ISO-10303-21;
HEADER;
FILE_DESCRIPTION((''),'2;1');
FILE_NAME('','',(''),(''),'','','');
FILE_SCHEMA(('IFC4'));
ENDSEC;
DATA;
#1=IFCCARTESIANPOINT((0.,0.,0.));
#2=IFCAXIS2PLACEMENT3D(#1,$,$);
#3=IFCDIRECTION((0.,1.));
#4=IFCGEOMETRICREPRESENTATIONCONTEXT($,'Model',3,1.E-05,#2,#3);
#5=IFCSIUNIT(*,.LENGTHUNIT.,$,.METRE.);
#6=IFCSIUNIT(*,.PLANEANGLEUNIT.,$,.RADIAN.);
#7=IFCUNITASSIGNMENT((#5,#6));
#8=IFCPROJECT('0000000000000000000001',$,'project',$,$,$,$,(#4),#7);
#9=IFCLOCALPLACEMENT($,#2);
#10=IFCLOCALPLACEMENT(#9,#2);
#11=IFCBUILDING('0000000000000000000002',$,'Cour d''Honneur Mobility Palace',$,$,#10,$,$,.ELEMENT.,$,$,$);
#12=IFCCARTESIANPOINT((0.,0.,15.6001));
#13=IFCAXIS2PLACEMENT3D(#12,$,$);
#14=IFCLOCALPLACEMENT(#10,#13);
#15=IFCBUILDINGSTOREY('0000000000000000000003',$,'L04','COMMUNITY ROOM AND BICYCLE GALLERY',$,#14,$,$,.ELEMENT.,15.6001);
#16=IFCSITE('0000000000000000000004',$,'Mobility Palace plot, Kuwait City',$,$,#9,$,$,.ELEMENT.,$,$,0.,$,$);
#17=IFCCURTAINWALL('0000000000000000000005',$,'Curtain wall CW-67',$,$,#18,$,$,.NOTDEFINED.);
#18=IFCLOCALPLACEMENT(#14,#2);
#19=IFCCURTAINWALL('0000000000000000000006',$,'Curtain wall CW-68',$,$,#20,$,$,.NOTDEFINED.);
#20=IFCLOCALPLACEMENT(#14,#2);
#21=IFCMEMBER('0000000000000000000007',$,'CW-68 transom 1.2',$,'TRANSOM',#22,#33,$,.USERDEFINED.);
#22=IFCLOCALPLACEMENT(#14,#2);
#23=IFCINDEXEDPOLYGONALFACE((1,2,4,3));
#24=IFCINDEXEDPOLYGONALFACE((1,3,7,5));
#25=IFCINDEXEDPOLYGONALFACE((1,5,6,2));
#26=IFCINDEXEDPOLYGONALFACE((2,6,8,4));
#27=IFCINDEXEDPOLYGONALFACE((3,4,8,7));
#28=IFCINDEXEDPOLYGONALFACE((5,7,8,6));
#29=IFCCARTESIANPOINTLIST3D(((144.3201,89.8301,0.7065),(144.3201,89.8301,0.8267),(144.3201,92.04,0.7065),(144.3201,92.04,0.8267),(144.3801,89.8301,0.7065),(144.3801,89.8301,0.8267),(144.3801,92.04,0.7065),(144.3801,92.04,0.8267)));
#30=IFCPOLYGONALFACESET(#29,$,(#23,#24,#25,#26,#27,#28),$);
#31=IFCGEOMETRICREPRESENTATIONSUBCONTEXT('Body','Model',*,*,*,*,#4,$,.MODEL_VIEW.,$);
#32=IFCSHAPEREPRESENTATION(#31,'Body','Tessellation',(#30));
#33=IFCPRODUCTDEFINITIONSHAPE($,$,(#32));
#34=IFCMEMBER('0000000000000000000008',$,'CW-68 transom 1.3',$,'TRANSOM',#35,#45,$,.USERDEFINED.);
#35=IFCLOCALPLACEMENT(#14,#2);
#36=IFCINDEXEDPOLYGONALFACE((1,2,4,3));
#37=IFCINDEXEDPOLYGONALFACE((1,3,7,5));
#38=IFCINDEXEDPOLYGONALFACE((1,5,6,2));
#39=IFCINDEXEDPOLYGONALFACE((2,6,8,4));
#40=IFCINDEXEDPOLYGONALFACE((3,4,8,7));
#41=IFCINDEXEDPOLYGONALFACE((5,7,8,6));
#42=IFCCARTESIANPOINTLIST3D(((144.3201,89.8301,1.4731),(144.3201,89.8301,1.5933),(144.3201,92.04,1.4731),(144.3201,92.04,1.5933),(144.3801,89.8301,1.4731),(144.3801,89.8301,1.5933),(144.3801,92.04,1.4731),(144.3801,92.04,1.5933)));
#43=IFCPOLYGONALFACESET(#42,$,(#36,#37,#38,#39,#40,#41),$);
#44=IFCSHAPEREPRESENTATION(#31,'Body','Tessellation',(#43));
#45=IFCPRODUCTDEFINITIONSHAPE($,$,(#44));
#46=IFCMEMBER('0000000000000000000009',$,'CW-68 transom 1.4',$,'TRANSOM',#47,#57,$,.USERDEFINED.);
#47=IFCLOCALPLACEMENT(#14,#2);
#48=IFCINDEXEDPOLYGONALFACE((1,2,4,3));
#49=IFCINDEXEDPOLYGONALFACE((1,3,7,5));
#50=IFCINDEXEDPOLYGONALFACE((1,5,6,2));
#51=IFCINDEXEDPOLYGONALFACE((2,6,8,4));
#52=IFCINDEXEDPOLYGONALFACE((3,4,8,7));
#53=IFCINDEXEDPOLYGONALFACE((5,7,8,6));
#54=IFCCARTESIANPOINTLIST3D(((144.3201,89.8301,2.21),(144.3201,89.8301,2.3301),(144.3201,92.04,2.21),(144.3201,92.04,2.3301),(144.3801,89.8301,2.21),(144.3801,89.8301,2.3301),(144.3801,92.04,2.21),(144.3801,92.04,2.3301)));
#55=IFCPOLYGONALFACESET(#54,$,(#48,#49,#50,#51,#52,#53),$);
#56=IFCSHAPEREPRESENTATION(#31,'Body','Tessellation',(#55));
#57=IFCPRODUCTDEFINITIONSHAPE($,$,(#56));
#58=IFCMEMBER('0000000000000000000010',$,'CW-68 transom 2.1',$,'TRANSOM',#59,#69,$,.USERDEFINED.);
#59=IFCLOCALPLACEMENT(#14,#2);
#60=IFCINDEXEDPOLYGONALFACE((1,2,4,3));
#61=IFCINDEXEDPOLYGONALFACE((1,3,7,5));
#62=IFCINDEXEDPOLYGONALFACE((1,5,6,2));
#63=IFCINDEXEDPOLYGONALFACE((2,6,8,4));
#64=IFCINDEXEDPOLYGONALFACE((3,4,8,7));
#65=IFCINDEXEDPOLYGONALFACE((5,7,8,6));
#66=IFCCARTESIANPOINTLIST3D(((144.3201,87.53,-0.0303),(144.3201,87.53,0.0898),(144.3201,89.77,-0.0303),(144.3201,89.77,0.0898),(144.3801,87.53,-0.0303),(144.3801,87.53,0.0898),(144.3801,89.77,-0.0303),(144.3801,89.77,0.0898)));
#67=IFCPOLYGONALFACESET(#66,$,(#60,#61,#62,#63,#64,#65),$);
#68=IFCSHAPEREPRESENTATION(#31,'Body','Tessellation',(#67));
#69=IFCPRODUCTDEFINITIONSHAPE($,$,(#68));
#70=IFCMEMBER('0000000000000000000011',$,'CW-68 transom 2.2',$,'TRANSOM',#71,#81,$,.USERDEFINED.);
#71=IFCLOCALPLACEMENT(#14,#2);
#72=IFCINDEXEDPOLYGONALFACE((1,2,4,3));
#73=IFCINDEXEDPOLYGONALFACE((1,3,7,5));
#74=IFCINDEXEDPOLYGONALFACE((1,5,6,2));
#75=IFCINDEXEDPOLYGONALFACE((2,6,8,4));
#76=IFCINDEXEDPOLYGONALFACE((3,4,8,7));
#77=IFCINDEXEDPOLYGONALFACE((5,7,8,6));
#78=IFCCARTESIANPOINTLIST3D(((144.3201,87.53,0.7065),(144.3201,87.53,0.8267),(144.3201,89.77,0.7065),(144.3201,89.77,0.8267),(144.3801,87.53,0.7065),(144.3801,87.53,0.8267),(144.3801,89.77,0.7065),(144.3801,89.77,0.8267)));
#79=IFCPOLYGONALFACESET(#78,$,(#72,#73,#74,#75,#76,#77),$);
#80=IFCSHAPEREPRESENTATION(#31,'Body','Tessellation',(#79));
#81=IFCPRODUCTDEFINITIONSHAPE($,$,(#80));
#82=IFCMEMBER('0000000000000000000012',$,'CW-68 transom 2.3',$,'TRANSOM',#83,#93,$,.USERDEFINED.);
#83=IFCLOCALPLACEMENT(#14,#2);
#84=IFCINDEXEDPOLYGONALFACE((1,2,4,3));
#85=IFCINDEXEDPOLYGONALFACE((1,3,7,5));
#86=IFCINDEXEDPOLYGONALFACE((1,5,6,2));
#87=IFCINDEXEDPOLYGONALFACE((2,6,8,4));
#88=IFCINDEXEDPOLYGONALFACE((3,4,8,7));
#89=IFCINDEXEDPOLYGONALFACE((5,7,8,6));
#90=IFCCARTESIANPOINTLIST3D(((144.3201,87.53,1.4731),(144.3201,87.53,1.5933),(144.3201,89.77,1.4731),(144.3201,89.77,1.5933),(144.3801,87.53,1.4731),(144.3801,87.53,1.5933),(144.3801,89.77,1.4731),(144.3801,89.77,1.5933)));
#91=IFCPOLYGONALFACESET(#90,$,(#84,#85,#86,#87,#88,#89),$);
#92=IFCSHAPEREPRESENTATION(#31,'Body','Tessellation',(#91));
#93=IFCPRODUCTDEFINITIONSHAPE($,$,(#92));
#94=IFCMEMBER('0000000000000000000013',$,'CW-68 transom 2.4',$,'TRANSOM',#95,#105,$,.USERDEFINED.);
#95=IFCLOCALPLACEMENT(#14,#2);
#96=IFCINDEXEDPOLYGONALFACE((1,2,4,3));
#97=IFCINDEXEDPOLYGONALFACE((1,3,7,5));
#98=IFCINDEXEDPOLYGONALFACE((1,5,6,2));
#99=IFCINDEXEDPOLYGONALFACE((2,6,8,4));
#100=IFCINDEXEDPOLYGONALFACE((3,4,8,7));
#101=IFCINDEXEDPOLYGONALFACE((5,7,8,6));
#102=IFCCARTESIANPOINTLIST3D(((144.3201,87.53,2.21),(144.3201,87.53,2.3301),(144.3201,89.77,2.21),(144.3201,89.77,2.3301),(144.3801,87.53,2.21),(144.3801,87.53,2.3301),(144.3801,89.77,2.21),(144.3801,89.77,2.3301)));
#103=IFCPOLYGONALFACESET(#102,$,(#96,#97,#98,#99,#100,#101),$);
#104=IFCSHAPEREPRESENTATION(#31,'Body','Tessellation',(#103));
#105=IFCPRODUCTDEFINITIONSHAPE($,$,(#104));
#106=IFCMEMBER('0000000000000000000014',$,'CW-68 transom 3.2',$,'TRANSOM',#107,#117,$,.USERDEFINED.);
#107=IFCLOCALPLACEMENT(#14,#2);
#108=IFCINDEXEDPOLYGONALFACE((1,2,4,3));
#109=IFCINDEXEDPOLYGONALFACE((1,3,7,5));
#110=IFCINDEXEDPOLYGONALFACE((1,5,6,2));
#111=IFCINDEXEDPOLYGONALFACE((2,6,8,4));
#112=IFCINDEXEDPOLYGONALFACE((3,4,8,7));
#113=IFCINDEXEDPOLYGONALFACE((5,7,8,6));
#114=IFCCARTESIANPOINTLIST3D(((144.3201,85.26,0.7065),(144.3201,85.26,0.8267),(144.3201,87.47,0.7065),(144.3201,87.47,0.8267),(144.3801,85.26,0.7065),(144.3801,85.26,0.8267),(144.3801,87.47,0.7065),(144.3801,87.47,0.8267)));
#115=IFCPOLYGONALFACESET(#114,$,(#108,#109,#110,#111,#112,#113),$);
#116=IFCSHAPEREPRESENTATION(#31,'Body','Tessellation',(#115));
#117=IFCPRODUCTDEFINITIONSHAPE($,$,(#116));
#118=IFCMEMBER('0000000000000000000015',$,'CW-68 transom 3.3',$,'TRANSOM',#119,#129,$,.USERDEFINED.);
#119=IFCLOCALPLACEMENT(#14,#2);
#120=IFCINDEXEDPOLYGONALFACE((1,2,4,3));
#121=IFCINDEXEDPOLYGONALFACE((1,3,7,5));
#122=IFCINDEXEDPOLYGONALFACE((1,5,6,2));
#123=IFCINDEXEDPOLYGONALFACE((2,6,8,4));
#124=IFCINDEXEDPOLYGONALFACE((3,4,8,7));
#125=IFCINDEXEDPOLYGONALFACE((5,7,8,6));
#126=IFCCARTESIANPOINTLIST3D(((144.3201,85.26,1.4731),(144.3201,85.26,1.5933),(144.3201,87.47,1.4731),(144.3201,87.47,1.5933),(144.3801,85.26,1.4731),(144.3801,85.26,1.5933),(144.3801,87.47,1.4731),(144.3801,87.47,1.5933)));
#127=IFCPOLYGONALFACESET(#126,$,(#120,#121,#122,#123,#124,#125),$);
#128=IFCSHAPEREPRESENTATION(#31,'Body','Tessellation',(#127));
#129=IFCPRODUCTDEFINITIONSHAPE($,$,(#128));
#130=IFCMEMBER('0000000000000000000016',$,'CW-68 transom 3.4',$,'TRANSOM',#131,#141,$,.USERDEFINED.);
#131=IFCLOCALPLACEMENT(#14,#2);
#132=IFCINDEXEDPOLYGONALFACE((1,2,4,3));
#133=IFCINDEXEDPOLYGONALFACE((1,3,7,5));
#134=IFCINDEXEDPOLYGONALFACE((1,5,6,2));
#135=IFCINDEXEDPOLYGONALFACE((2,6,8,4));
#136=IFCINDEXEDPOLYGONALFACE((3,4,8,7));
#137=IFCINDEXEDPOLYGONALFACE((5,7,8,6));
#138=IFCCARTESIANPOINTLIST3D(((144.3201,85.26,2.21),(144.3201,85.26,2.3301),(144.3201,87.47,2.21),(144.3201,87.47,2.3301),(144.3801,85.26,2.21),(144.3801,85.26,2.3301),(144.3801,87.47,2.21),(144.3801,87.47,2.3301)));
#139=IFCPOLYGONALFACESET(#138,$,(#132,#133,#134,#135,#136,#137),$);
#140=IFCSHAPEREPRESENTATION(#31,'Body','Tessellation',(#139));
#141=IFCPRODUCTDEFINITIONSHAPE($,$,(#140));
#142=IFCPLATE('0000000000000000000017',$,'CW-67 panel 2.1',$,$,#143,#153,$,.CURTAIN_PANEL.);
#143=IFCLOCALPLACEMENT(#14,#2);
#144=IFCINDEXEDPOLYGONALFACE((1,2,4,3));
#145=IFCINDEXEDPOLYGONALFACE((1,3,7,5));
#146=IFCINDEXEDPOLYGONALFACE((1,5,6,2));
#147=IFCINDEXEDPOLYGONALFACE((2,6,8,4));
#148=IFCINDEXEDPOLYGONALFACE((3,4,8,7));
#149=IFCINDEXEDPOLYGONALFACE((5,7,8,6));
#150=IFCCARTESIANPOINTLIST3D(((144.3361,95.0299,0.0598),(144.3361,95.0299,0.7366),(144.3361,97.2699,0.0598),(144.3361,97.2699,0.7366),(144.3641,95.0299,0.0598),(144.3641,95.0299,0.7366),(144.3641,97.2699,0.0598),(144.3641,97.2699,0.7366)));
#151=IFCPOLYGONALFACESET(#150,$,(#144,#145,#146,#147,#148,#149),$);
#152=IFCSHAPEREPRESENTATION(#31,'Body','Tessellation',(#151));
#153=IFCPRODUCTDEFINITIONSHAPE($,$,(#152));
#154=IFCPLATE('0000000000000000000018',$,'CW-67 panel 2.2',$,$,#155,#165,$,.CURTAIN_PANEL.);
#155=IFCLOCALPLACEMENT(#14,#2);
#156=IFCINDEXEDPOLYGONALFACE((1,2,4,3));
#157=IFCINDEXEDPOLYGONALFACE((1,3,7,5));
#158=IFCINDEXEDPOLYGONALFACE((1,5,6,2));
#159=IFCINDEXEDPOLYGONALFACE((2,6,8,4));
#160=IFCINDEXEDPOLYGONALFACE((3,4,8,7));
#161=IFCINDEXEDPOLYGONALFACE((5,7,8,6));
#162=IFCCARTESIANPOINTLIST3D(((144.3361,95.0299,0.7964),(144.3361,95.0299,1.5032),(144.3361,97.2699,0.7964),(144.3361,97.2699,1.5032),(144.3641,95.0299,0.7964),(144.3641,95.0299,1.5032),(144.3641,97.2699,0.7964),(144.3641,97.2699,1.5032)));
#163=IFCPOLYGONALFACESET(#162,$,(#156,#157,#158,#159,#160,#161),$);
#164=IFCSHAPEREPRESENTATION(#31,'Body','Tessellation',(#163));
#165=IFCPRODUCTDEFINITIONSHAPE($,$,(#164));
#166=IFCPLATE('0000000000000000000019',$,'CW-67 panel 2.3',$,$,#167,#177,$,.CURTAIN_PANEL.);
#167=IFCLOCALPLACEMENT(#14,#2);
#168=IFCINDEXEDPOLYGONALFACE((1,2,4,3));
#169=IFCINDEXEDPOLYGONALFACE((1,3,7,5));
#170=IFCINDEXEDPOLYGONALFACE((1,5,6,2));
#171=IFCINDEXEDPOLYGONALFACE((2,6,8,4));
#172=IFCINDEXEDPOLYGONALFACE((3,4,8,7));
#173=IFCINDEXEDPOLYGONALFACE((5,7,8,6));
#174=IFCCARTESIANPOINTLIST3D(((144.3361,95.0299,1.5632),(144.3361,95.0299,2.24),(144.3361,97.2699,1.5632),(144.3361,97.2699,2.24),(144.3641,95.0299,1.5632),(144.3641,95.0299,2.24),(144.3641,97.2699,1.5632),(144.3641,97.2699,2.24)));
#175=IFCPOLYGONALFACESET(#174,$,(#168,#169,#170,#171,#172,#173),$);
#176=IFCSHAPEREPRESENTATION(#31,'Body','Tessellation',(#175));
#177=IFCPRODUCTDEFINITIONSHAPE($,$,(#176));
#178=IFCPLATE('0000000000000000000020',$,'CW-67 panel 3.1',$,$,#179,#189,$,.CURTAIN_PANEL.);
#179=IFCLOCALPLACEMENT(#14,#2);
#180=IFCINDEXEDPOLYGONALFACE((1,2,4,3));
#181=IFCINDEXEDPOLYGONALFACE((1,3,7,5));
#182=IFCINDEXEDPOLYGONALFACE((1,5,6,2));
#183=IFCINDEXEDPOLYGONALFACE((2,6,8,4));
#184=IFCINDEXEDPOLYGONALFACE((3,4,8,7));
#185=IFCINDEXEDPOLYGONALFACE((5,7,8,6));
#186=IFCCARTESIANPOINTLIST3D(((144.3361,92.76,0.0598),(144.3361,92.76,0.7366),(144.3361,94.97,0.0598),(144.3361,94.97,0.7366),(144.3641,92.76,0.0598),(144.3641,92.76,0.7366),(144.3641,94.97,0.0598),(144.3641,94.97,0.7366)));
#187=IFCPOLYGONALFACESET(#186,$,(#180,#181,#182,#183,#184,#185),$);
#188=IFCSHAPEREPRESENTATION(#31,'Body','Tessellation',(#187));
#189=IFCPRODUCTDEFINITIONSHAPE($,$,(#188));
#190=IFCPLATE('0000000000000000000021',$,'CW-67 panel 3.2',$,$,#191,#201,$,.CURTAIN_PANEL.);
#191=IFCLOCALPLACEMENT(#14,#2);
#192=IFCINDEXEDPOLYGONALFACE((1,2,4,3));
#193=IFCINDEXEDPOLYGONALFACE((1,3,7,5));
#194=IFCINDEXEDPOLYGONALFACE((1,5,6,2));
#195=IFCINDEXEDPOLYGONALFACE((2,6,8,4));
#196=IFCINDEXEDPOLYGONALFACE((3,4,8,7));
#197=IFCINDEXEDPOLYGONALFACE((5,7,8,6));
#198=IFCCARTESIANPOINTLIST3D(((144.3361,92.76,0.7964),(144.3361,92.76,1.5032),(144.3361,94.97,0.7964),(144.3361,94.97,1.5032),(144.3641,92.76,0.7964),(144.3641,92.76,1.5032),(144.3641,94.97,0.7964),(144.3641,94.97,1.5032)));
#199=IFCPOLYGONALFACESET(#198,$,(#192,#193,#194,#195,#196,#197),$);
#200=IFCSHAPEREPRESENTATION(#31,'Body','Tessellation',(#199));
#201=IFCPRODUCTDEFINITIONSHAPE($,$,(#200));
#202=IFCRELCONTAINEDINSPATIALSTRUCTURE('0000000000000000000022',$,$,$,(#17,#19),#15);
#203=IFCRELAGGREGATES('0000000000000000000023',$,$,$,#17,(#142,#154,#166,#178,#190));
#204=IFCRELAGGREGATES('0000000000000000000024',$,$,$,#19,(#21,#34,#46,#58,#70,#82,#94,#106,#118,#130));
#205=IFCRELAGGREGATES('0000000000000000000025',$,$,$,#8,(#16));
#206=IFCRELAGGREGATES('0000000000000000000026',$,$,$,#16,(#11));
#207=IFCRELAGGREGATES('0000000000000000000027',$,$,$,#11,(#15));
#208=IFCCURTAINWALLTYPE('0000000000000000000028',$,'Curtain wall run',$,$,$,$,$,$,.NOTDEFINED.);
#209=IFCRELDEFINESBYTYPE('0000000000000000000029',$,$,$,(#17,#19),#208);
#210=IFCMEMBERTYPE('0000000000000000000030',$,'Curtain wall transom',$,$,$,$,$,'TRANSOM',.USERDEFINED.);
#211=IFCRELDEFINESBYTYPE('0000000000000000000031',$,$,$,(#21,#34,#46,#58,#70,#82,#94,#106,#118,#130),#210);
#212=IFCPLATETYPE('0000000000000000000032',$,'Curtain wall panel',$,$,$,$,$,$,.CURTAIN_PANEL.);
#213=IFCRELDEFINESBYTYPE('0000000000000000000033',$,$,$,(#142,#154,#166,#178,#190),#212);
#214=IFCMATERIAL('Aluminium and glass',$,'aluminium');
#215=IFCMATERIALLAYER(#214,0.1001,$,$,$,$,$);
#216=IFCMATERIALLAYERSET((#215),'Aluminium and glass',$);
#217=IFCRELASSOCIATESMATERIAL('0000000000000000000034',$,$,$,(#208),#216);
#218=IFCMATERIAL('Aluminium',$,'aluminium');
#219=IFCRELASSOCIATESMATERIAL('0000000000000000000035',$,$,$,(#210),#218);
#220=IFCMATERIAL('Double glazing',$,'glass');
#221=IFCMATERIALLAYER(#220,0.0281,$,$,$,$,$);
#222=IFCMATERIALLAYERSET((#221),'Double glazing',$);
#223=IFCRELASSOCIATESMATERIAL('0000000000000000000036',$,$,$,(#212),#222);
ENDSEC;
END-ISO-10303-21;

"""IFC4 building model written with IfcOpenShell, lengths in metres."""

from ifc_helpers import new_model, si_unit, direction, frame, origin, origin_2d, place, context, subcontext, project, spatial, rectangle, extrude, material, layer, layer_set, material_profile, profile_set, type_object, element, aggregate, save


model = new_model("IFC4")

# Units and contexts
model_context = context("Model", 3, precision=1e-05, world=origin(), true_north=direction((0.0, 1.0)))
body_context = subcontext(model_context, "Body", "Model", "MODEL_VIEW")
ifc_project = project(units=[si_unit("LENGTHUNIT", "METRE"), si_unit("PLANEANGLEUNIT", "RADIAN")], contexts=[model_context])

# Site, building, storey
site_placement = place(None, origin())
site = spatial("IfcSite", under=ifc_project, at=site_placement, Name="Mobility Palace plot, Kuwait City", CompositionType="ELEMENT", RefElevation=0.0)
building_placement = place(site_placement, origin())
building = spatial("IfcBuilding", under=site, at=building_placement, Name="Cour d'Honneur Mobility Palace", CompositionType="ELEMENT")
storey_placement = place(building_placement, frame((0.0, 0.0, 15.6001)))
storey = spatial("IfcBuildingStorey", under=building, at=storey_placement, Name="L04", Description="COMMUNITY ROOM AND BICYCLE GALLERY", CompositionType="ELEMENT", Elevation=15.6001)

# Curtain walls
ifc_material_1 = material(Name="Aluminium and glass", Category="aluminium")
ifc_layer_1 = layer(ifc_material_1, 0.1001)
ifc_layer_set_1 = layer_set([ifc_layer_1], Name="Aluminium and glass")
curtain_wall_type = type_object("IfcCurtainWallType", Name="Curtain wall run", PredefinedType="NOTDEFINED", material=ifc_layer_set_1)
curtain_wall_1_placement = place(storey_placement, origin())
curtain_wall_1 = element("IfcCurtainWall", 1, at=curtain_wall_1_placement, inside=storey, type_object=curtain_wall_type, Name="Curtain wall CW-67", PredefinedType="NOTDEFINED")
curtain_wall_2_placement = place(storey_placement, origin())
curtain_wall_2 = element("IfcCurtainWall", 2, at=curtain_wall_2_placement, inside=storey, type_object=curtain_wall_type, Name="Curtain wall CW-68", PredefinedType="NOTDEFINED")

# Members
ifc_material_2 = material(Name="Aluminium", Category="aluminium")
ifc_material_profile_1 = material_profile(ifc_material_2, rectangle(XDim=0.0601, YDim=0.1201, at=origin_2d()), Name="Curtain wall transom")
ifc_profile_set_1 = profile_set([ifc_material_profile_1], Name="Aluminium")
member_type_1 = type_object("IfcMemberType", Name="Curtain wall transom", ElementType="TRANSOM", PredefinedType="USERDEFINED", material=ifc_profile_set_1)
member_1_placement = place(storey_placement, frame((144.3501, 92.04, 0.7666), z_axis=(0.0, -1.0, 0.0), x_axis=(1.0, 0.0, 0.0)))
member_1 = element("IfcMember", 3, at=member_1_placement, type_object=member_type_1, Name="CW-68 transom 1.2", ObjectType="TRANSOM", PredefinedType="USERDEFINED", context=body_context, shape_type="SweptSolid", body=[
    extrude(rectangle(XDim=0.0601, YDim=0.1201, at=origin_2d()), origin(), (0.0, 0.0, 1.0), 2.21),
])
member_2_placement = place(storey_placement, frame((144.3501, 92.04, 1.5332), z_axis=(0.0, -1.0, 0.0), x_axis=(1.0, 0.0, 0.0)))
member_2 = element("IfcMember", 4, at=member_2_placement, type_object=member_type_1, Name="CW-68 transom 1.3", ObjectType="TRANSOM", PredefinedType="USERDEFINED", context=body_context, shape_type="SweptSolid", body=[
    extrude(rectangle(XDim=0.0601, YDim=0.1201, at=origin_2d()), origin(), (0.0, 0.0, 1.0), 2.21),
])
member_3_placement = place(storey_placement, frame((144.3501, 92.04, 2.27), z_axis=(0.0, -1.0, 0.0), x_axis=(1.0, 0.0, 0.0)))
member_3 = element("IfcMember", 5, at=member_3_placement, type_object=member_type_1, Name="CW-68 transom 1.4", ObjectType="TRANSOM", PredefinedType="USERDEFINED", context=body_context, shape_type="SweptSolid", body=[
    extrude(rectangle(XDim=0.0601, YDim=0.1201, at=origin_2d()), origin(), (0.0, 0.0, 1.0), 2.21),
])
member_4_placement = place(storey_placement, frame((144.3501, 89.77, 0.0298), z_axis=(0.0, -1.0, 0.0), x_axis=(1.0, 0.0, 0.0)))
member_4 = element("IfcMember", 6, at=member_4_placement, type_object=member_type_1, Name="CW-68 transom 2.1", ObjectType="TRANSOM", PredefinedType="USERDEFINED", context=body_context, shape_type="SweptSolid", body=[
    extrude(rectangle(XDim=0.0601, YDim=0.1201, at=origin_2d()), origin(), (0.0, 0.0, 1.0), 2.24),
])
member_5_placement = place(storey_placement, frame((144.3501, 89.77, 0.7666), z_axis=(0.0, -1.0, 0.0), x_axis=(1.0, 0.0, 0.0)))
member_5 = element("IfcMember", 7, at=member_5_placement, type_object=member_type_1, Name="CW-68 transom 2.2", ObjectType="TRANSOM", PredefinedType="USERDEFINED", context=body_context, shape_type="SweptSolid", body=[
    extrude(rectangle(XDim=0.0601, YDim=0.1201, at=origin_2d()), origin(), (0.0, 0.0, 1.0), 2.24),
])
member_6_placement = place(storey_placement, frame((144.3501, 89.77, 1.5332), z_axis=(0.0, -1.0, 0.0), x_axis=(1.0, 0.0, 0.0)))
member_6 = element("IfcMember", 8, at=member_6_placement, type_object=member_type_1, Name="CW-68 transom 2.3", ObjectType="TRANSOM", PredefinedType="USERDEFINED", context=body_context, shape_type="SweptSolid", body=[
    extrude(rectangle(XDim=0.0601, YDim=0.1201, at=origin_2d()), origin(), (0.0, 0.0, 1.0), 2.24),
])
member_7_placement = place(storey_placement, frame((144.3501, 89.77, 2.27), z_axis=(0.0, -1.0, 0.0), x_axis=(1.0, 0.0, 0.0)))
member_7 = element("IfcMember", 9, at=member_7_placement, type_object=member_type_1, Name="CW-68 transom 2.4", ObjectType="TRANSOM", PredefinedType="USERDEFINED", context=body_context, shape_type="SweptSolid", body=[
    extrude(rectangle(XDim=0.0601, YDim=0.1201, at=origin_2d()), origin(), (0.0, 0.0, 1.0), 2.24),
])
member_8_placement = place(storey_placement, frame((144.3501, 87.47, 0.7666), z_axis=(0.0, -1.0, 0.0), x_axis=(1.0, 0.0, 0.0)))
member_8 = element("IfcMember", 10, at=member_8_placement, type_object=member_type_1, Name="CW-68 transom 3.2", ObjectType="TRANSOM", PredefinedType="USERDEFINED", context=body_context, shape_type="SweptSolid", body=[
    extrude(rectangle(XDim=0.0601, YDim=0.1201, at=origin_2d()), origin(), (0.0, 0.0, 1.0), 2.21),
])
member_9_placement = place(storey_placement, frame((144.3501, 87.47, 1.5332), z_axis=(0.0, -1.0, 0.0), x_axis=(1.0, 0.0, 0.0)))
member_9 = element("IfcMember", 11, at=member_9_placement, type_object=member_type_1, Name="CW-68 transom 3.3", ObjectType="TRANSOM", PredefinedType="USERDEFINED", context=body_context, shape_type="SweptSolid", body=[
    extrude(rectangle(XDim=0.0601, YDim=0.1201, at=origin_2d()), origin(), (0.0, 0.0, 1.0), 2.21),
])
member_10_placement = place(storey_placement, frame((144.3501, 87.47, 2.27), z_axis=(0.0, -1.0, 0.0), x_axis=(1.0, 0.0, 0.0)))
member_10 = element("IfcMember", 12, at=member_10_placement, type_object=member_type_1, Name="CW-68 transom 3.4", ObjectType="TRANSOM", PredefinedType="USERDEFINED", context=body_context, shape_type="SweptSolid", body=[
    extrude(rectangle(XDim=0.0601, YDim=0.1201, at=origin_2d()), origin(), (0.0, 0.0, 1.0), 2.21),
])

# Plates
ifc_material_3 = material(Name="Double glazing", Category="glass")
ifc_layer_2 = layer(ifc_material_3, 0.0281)
ifc_layer_set_2 = layer_set([ifc_layer_2], Name="Double glazing")
plate_type = type_object("IfcPlateType", Name="Curtain wall panel", PredefinedType="CURTAIN_PANEL", material=ifc_layer_set_2)
plate_1_placement = place(storey_placement, frame((144.3501, 96.1499, 0.0598), z_axis=(0.0, 0.0, 1.0), x_axis=(0.0, -1.0, 0.0)))
plate_1 = element("IfcPlate", 13, at=plate_1_placement, type_object=plate_type, Name="CW-67 panel 2.1", PredefinedType="CURTAIN_PANEL", context=body_context, shape_type="SweptSolid", body=[
    extrude(rectangle(XDim=2.24, YDim=0.0281, at=origin_2d()), origin(), (0.0, 0.0, 1.0), 0.6768),
])
plate_2_placement = place(storey_placement, frame((144.3501, 96.1499, 0.7964), z_axis=(0.0, 0.0, 1.0), x_axis=(0.0, -1.0, 0.0)))
plate_2 = element("IfcPlate", 14, at=plate_2_placement, type_object=plate_type, Name="CW-67 panel 2.2", PredefinedType="CURTAIN_PANEL", context=body_context, shape_type="SweptSolid", body=[
    extrude(rectangle(XDim=2.24, YDim=0.0281, at=origin_2d()), origin(), (0.0, 0.0, 1.0), 0.7068),
])
plate_3_placement = place(storey_placement, frame((144.3501, 96.1499, 1.5632), z_axis=(0.0, 0.0, 1.0), x_axis=(0.0, -1.0, 0.0)))
plate_3 = element("IfcPlate", 15, at=plate_3_placement, type_object=plate_type, Name="CW-67 panel 2.3", PredefinedType="CURTAIN_PANEL", context=body_context, shape_type="SweptSolid", body=[
    extrude(rectangle(XDim=2.24, YDim=0.0281, at=origin_2d()), origin(), (0.0, 0.0, 1.0), 0.6768),
])
plate_4_placement = place(storey_placement, frame((144.3501, 93.865, 0.0598), z_axis=(0.0, 0.0, 1.0), x_axis=(0.0, -1.0, 0.0)))
plate_4 = element("IfcPlate", 16, at=plate_4_placement, type_object=plate_type, Name="CW-67 panel 3.1", PredefinedType="CURTAIN_PANEL", context=body_context, shape_type="SweptSolid", body=[
    extrude(rectangle(XDim=2.21, YDim=0.0281, at=origin_2d()), origin(), (0.0, 0.0, 1.0), 0.6768),
])
plate_5_placement = place(storey_placement, frame((144.3501, 93.865, 0.7964), z_axis=(0.0, 0.0, 1.0), x_axis=(0.0, -1.0, 0.0)))
plate_5 = element("IfcPlate", 17, at=plate_5_placement, type_object=plate_type, Name="CW-67 panel 3.2", PredefinedType="CURTAIN_PANEL", context=body_context, shape_type="SweptSolid", body=[
    extrude(rectangle(XDim=2.21, YDim=0.0281, at=origin_2d()), origin(), (0.0, 0.0, 1.0), 0.7068),
])
aggregate(curtain_wall_1, [plate_1, plate_2, plate_3, plate_4, plate_5])
aggregate(curtain_wall_2, [member_1, member_2, member_3, member_4, member_5, member_6, member_7, member_8, member_9, member_10])

save(model, "model.ifc")
